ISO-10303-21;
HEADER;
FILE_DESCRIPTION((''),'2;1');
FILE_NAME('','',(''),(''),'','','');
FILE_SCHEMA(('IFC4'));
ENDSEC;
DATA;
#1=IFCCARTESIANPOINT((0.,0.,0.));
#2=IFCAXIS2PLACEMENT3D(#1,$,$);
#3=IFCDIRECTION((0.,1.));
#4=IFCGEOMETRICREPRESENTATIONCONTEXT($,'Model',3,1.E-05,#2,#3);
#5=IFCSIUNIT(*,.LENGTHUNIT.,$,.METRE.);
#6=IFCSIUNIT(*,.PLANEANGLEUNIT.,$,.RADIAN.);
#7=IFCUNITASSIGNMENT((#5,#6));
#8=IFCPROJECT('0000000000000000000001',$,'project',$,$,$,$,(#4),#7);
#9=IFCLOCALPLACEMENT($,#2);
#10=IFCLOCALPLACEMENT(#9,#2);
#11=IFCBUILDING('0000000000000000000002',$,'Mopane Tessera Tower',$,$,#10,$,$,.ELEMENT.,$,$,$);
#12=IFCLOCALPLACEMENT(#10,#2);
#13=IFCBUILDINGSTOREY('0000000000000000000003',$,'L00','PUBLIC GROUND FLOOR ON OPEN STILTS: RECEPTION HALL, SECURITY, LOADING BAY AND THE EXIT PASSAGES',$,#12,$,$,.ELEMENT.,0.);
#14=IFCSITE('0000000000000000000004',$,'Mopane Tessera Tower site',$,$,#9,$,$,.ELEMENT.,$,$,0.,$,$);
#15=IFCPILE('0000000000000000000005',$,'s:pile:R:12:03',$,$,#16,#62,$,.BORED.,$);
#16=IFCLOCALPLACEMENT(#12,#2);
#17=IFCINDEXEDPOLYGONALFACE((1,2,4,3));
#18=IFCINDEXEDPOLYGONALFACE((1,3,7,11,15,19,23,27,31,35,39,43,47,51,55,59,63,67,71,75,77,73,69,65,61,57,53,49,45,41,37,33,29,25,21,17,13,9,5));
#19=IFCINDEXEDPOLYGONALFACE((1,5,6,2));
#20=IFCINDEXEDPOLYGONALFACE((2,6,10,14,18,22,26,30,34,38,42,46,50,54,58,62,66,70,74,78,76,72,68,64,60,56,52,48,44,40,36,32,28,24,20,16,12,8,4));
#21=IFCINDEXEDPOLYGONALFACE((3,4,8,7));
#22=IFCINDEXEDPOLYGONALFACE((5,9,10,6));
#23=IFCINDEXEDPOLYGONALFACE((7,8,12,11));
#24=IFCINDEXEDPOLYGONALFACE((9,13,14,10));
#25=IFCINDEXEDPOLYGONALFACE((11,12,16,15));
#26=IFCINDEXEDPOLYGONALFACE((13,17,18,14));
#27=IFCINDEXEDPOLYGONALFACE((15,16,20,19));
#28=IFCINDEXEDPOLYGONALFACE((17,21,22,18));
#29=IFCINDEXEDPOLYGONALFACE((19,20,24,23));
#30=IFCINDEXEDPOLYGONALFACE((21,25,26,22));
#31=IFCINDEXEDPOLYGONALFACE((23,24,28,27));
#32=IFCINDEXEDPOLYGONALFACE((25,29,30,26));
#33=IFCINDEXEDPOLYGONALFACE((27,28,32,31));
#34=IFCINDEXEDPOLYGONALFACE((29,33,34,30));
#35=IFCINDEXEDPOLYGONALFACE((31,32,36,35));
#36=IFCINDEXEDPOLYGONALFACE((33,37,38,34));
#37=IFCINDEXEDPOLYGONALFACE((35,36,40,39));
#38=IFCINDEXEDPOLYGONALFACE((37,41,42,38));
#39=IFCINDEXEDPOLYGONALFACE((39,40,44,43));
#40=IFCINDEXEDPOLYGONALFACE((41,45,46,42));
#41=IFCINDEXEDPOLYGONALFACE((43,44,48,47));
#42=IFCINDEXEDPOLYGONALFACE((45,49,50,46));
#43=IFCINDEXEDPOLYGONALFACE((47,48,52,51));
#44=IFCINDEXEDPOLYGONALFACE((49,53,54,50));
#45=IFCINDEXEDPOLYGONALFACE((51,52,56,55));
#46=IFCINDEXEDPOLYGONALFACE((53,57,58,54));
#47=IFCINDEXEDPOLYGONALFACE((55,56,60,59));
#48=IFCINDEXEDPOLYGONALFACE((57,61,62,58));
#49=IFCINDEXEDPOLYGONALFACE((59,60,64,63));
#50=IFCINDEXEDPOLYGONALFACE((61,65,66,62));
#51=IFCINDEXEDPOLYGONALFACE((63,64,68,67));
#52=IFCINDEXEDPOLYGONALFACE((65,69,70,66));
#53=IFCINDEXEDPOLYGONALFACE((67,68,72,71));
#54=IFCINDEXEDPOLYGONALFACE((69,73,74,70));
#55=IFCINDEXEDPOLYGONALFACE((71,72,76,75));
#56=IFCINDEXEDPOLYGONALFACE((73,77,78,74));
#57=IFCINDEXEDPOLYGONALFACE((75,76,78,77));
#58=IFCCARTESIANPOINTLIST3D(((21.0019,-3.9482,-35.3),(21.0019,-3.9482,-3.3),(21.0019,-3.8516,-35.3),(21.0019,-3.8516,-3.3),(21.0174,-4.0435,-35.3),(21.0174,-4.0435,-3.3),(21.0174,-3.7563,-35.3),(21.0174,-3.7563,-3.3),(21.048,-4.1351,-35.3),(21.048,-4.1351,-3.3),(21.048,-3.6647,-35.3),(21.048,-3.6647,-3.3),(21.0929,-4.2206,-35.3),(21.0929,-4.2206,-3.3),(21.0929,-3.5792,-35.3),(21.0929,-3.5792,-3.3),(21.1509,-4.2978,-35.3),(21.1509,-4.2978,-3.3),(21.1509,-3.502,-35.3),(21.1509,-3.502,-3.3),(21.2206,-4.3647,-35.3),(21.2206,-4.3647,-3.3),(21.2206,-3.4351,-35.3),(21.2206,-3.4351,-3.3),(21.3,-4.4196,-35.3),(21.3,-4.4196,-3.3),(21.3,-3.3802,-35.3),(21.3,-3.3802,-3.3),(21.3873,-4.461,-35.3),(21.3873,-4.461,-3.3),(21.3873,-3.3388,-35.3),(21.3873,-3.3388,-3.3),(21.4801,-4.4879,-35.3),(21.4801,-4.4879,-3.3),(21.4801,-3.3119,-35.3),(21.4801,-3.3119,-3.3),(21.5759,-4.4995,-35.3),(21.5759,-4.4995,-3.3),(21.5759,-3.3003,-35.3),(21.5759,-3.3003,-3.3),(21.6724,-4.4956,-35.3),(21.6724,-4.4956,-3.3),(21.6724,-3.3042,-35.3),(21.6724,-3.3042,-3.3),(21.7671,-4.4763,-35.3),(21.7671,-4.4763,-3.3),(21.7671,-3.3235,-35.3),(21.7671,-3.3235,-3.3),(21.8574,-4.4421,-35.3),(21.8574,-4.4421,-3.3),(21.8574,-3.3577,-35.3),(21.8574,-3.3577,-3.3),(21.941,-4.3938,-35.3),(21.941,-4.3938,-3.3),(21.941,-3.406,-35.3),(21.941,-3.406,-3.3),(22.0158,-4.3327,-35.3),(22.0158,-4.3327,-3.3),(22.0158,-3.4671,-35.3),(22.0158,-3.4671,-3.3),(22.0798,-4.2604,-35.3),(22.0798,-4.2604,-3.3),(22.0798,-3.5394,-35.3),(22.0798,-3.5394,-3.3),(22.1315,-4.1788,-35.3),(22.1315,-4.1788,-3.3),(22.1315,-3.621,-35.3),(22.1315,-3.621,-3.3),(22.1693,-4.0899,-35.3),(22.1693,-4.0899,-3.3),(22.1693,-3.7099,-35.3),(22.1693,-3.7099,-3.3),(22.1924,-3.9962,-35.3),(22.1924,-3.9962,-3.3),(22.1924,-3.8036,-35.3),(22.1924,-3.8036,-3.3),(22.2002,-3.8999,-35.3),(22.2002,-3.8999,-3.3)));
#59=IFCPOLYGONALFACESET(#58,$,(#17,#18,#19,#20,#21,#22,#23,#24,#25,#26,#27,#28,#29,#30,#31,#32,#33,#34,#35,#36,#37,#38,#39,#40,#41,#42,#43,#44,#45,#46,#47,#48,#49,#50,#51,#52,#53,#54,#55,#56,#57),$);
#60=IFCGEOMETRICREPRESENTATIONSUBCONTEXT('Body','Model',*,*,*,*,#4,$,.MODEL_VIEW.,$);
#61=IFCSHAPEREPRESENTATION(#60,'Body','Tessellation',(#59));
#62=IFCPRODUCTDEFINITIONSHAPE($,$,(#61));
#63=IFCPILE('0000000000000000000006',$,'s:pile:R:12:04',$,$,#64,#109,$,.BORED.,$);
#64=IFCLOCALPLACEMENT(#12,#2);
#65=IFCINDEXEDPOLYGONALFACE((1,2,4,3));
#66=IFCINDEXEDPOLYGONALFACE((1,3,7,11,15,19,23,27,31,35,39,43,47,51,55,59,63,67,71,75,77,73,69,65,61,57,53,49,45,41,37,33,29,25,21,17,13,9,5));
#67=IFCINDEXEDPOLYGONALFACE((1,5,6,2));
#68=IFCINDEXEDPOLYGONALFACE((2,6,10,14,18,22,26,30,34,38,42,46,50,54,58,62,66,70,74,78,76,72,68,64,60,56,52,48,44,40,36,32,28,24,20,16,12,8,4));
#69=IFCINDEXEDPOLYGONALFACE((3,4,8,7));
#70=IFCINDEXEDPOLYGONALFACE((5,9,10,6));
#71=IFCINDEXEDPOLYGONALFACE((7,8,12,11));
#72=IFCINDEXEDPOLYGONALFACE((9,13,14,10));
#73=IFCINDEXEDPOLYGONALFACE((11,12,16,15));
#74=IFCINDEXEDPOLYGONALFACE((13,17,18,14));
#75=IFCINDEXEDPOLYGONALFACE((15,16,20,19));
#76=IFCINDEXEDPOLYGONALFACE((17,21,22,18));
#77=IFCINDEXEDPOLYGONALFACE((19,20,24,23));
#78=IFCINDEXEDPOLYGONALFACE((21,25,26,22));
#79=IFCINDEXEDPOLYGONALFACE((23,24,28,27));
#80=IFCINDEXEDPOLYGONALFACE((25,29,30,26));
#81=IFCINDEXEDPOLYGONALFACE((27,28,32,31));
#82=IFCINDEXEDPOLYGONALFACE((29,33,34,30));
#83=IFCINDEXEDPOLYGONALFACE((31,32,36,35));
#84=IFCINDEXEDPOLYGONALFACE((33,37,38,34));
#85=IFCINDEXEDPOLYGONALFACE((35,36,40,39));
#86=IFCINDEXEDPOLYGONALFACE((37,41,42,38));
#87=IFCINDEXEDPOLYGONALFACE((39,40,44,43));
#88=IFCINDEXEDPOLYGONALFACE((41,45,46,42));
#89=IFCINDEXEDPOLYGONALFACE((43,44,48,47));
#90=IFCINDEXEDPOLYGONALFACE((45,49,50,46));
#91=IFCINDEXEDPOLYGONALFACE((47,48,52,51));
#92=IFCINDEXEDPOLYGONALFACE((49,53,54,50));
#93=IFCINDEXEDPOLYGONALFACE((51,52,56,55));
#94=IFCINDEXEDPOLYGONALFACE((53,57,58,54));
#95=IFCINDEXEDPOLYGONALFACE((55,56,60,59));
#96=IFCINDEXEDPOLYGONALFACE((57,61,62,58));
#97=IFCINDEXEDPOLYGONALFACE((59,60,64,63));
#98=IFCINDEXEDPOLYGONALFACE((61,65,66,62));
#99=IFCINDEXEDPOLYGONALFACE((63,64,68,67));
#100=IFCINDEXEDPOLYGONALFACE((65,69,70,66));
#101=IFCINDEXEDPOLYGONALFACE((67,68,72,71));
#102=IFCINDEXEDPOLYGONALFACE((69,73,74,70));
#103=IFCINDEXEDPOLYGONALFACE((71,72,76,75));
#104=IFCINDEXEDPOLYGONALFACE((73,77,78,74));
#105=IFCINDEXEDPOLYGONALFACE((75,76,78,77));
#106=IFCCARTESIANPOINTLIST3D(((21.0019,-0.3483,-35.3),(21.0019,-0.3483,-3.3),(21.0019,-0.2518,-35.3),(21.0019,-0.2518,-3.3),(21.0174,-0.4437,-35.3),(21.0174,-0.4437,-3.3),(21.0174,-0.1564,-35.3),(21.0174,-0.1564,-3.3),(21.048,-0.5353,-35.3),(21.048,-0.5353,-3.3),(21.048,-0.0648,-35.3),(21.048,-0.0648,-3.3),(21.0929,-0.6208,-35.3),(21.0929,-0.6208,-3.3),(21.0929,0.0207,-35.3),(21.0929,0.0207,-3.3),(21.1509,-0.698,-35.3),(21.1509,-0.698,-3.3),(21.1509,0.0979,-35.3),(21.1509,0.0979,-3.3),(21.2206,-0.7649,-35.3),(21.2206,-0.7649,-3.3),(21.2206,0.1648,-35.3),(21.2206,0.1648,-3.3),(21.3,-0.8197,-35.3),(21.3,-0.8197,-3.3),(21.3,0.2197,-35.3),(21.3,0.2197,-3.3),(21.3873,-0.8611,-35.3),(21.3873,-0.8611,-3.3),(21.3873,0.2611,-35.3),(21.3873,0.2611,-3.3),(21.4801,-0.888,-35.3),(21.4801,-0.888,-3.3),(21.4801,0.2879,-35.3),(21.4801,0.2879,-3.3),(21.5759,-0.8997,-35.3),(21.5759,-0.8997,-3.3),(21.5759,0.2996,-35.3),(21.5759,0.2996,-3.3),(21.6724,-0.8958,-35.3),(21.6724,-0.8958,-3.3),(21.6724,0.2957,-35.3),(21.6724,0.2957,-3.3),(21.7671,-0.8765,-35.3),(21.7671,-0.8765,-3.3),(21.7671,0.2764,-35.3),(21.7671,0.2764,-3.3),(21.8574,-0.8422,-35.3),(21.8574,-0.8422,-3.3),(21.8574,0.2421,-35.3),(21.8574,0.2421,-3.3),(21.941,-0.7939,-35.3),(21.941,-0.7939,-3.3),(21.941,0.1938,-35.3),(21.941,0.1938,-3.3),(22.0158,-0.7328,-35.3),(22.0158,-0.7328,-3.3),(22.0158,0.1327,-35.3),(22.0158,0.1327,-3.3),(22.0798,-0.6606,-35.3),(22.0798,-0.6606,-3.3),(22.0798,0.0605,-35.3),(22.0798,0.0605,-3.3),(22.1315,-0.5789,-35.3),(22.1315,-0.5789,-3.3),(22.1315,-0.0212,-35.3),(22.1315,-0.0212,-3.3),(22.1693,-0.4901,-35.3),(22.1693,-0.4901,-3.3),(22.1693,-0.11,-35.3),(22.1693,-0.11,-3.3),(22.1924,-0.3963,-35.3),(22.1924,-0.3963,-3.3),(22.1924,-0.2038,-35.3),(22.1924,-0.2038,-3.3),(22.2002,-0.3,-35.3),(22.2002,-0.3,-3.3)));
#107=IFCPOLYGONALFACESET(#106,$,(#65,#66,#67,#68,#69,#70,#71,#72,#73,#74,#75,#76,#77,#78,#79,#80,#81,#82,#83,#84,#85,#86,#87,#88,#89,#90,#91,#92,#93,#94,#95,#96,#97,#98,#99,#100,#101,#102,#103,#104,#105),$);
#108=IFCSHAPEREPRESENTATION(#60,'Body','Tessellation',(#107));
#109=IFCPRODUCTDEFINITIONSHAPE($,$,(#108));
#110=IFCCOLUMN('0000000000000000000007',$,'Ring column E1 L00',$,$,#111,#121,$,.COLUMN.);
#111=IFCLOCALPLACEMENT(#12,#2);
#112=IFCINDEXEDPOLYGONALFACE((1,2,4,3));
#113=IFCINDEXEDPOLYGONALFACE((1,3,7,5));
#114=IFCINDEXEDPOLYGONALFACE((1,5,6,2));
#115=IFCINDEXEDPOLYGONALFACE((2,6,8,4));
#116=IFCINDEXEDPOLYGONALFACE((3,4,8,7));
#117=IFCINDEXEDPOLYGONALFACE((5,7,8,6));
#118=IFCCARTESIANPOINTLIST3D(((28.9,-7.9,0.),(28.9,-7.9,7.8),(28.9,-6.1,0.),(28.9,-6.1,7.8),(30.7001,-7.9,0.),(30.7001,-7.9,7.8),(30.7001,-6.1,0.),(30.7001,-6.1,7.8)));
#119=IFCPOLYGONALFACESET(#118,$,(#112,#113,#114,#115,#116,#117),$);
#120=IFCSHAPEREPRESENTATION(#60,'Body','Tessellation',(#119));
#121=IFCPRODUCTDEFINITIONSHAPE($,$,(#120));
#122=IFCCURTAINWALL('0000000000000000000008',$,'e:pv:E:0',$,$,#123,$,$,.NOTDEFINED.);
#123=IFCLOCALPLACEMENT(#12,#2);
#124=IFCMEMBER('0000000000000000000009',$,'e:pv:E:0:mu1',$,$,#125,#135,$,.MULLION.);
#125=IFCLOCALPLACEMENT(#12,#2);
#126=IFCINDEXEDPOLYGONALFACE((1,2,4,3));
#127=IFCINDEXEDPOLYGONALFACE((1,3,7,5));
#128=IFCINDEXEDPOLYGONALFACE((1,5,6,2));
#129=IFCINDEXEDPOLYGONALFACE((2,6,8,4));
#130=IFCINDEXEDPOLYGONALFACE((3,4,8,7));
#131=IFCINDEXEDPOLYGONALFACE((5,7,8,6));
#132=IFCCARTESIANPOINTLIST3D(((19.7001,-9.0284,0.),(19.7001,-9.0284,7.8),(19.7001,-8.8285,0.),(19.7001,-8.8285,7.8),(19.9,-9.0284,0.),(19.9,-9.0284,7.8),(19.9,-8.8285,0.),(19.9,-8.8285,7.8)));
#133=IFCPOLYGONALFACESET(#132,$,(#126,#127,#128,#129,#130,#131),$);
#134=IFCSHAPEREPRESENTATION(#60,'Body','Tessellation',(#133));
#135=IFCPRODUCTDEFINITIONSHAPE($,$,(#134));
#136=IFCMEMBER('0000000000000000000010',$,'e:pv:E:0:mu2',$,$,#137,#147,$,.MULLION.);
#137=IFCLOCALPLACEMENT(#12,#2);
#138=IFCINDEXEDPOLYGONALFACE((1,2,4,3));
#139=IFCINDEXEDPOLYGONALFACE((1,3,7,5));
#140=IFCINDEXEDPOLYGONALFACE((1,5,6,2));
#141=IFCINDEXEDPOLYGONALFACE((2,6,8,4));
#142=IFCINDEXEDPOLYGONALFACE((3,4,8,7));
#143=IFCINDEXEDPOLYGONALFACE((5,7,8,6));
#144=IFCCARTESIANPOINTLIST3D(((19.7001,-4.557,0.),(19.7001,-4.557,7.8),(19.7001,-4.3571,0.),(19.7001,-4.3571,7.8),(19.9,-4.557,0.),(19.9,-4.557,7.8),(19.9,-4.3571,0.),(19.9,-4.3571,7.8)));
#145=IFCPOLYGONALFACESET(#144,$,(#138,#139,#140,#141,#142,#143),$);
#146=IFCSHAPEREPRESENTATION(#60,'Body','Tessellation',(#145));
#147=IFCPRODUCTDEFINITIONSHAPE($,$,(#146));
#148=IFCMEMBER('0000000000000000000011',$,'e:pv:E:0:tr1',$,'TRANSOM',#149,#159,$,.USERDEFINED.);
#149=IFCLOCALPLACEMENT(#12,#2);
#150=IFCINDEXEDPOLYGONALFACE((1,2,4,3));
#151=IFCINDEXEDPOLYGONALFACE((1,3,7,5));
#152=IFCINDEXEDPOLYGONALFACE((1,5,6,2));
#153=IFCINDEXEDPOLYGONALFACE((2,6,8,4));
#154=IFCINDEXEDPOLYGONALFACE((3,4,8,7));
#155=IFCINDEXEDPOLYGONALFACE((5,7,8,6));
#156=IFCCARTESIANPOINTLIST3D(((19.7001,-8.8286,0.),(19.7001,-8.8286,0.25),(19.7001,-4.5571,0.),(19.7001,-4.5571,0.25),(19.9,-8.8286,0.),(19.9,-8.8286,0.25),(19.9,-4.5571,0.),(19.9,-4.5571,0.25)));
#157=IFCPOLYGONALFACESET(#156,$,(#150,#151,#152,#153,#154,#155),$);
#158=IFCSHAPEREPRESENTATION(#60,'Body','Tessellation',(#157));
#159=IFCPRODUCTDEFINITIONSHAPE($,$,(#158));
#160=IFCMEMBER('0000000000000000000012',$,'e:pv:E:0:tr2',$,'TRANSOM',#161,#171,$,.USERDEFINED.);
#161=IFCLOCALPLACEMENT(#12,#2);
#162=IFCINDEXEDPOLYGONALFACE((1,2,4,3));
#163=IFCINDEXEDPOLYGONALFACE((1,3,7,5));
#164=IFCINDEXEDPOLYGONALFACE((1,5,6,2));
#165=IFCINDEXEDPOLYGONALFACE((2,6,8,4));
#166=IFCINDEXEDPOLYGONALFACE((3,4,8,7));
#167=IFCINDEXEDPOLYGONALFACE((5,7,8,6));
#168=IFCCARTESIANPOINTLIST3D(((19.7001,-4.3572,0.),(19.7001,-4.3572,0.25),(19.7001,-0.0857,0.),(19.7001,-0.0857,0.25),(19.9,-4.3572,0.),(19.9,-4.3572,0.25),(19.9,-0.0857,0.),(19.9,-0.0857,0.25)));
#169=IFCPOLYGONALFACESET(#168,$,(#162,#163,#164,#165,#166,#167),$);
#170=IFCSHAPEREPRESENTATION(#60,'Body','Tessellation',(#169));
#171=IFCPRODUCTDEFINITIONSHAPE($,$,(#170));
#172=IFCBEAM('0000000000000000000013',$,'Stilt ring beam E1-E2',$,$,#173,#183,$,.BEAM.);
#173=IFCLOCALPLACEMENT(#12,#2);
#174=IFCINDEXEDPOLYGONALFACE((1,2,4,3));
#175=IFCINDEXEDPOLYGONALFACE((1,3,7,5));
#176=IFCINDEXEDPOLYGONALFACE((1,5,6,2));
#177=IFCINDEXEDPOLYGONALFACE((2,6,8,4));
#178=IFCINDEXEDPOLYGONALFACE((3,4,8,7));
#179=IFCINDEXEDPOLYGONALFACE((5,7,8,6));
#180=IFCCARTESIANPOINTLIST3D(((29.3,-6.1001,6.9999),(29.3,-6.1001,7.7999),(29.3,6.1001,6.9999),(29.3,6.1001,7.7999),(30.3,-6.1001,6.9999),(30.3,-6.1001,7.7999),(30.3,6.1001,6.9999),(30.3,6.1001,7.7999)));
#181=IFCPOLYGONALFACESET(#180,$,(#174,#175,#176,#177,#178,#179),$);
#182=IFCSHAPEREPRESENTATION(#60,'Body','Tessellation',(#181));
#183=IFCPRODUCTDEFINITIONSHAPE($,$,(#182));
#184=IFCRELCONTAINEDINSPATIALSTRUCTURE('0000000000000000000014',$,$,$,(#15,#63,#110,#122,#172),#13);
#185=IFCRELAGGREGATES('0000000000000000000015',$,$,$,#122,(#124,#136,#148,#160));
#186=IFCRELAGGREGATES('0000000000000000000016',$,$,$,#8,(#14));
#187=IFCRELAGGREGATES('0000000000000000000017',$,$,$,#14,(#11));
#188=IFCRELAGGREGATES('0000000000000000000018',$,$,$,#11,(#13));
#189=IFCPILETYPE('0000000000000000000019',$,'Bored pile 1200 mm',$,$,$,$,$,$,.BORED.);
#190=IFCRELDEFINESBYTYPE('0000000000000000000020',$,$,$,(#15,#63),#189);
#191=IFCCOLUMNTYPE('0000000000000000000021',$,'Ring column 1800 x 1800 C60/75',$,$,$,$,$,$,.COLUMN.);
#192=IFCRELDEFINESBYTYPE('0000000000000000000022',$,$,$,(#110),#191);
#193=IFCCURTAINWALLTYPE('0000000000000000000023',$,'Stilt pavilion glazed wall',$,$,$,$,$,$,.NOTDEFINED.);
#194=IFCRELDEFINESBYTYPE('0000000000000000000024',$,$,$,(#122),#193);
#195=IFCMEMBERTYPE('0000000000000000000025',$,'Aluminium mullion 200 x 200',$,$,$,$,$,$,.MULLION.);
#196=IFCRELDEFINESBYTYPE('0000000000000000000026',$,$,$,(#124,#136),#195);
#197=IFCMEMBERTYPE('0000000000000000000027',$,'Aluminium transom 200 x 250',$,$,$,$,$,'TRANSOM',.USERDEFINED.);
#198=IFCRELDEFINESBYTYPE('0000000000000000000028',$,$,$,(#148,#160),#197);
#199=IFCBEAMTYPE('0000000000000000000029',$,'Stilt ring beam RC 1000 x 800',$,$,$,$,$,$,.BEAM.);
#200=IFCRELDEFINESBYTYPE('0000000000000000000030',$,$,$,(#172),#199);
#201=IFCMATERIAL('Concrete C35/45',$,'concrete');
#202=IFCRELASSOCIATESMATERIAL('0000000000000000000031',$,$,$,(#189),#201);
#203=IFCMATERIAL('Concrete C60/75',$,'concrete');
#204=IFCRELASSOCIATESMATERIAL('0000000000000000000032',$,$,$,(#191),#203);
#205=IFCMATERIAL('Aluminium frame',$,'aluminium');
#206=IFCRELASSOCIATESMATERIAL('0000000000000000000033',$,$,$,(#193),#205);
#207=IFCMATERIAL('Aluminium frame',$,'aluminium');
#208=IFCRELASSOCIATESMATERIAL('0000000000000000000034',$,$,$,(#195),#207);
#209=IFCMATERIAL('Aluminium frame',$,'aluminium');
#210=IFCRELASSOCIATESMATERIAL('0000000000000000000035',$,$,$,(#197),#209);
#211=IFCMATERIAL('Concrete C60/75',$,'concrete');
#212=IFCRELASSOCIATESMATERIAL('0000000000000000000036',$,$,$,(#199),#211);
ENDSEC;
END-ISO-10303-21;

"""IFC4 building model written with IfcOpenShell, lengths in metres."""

from ifc_helpers import new_model, si_unit, direction, frame, origin, origin_2d, place, context, subcontext, project, spatial, rectangle, circle, extrude, material, material_profile, profile_set, type_object, element, aggregate, save


model = new_model("IFC4")

# Units and contexts
model_context = context("Model", 3, precision=1e-05, world=origin(), true_north=direction((0.0, 1.0)))
body_context = subcontext(model_context, "Body", "Model", "MODEL_VIEW")
ifc_project = project(units=[si_unit("LENGTHUNIT", "METRE"), si_unit("PLANEANGLEUNIT", "RADIAN")], contexts=[model_context])

# Site, building, storey
site_placement = place(None, origin())
site = spatial("IfcSite", under=ifc_project, at=site_placement, Name="Mopane Tessera Tower site", CompositionType="ELEMENT", RefElevation=0.0)
building_placement = place(site_placement, origin())
building = spatial("IfcBuilding", under=site, at=building_placement, Name="Mopane Tessera Tower", CompositionType="ELEMENT")
storey_placement = place(building_placement, origin())
storey = spatial("IfcBuildingStorey", under=building, at=storey_placement, Name="L00", Description="PUBLIC GROUND FLOOR ON OPEN STILTS: RECEPTION HALL, SECURITY, LOADING BAY AND THE EXIT PASSAGES", CompositionType="ELEMENT", Elevation=0.0)

# Piles
ifc_material_1 = material(Name="Concrete C35/45", Category="concrete")
ifc_material_profile_1 = material_profile(ifc_material_1, circle(Radius=0.6001, at=origin_2d()))
ifc_profile_set_1 = profile_set([ifc_material_profile_1], Name="Concrete C35/45")
pile_type_1 = type_object("IfcPileType", Name="Bored pile 1200 mm", PredefinedType="BORED", material=ifc_profile_set_1)
for number, where, z_axis, x_axis, name in (
    (1, (21.6001, -3.8999, -3.3), (0.0, 0.0, -1.0), (1.0, 0.0, 0.0), "s:pile:R:12:03"),
    (2, (21.6001, -0.3, -3.3), (0.0, 0.0, -1.0), (1.0, 0.0, 0.0), "s:pile:R:12:04"),
):
    element("IfcPile", number, at=place(storey_placement, frame(where, z_axis=z_axis, x_axis=x_axis)), inside=storey, type_object=pile_type_1, Name=name, PredefinedType="BORED", context=body_context, shape_type="SweptSolid", body=[
        extrude(circle(Radius=0.6001, at=origin_2d()), origin(), (0.0, 0.0, 1.0), 32.0),
    ])

# Column
ifc_material_2 = material(Name="Concrete C60/75", Category="concrete")
ifc_material_profile_2 = material_profile(ifc_material_2, rectangle(XDim=1.8, YDim=1.8, at=origin_2d()))
ifc_profile_set_2 = profile_set([ifc_material_profile_2], Name="Concrete C60/75")
column_type = type_object("IfcColumnType", Name="Ring column 1800 x 1800 C60/75", PredefinedType="COLUMN", material=ifc_profile_set_2)
column_placement = place(storey_placement, frame((29.8, -7.0, 0.0), z_axis=(0.0, 0.0, 1.0), x_axis=(1.0, 0.0, 0.0)))
element("IfcColumn", 3, at=column_placement, inside=storey, type_object=column_type, Name="Ring column E1 L00", PredefinedType="COLUMN", context=body_context, shape_type="SweptSolid", body=[
    extrude(rectangle(XDim=1.8, YDim=1.8, at=origin_2d()), origin(), (0.0, 0.0, 1.0), 7.8),
])

# Curtain wall, members
ifc_material_3 = material(Name="Aluminium frame", Category="aluminium")
curtain_wall_type = type_object("IfcCurtainWallType", Name="Stilt pavilion glazed wall", PredefinedType="NOTDEFINED", material=ifc_material_3)
curtain_wall_placement = place(storey_placement, origin())
curtain_wall = element("IfcCurtainWall", 4, at=curtain_wall_placement, inside=storey, type_object=curtain_wall_type, Name="e:pv:E:0", PredefinedType="NOTDEFINED")
ifc_material_4 = material(Name="Aluminium frame", Category="aluminium")
ifc_material_profile_3 = material_profile(ifc_material_4, rectangle(XDim=0.2, YDim=0.2, at=origin_2d()))
ifc_profile_set_3 = profile_set([ifc_material_profile_3], Name="Aluminium frame")
member_type_1 = type_object("IfcMemberType", Name="Aluminium mullion 200 x 200", PredefinedType="MULLION", material=ifc_profile_set_3)
member_1_placement = place(storey_placement, frame((19.8, -8.9285, 0.0), z_axis=(0.0, 0.0, 1.0), x_axis=(0.0, 1.0, 0.0)))
member_1 = element("IfcMember", 5, at=member_1_placement, type_object=member_type_1, Name="e:pv:E:0:mu1", PredefinedType="MULLION", context=body_context, shape_type="SweptSolid", body=[
    extrude(rectangle(XDim=0.2, YDim=0.2, at=origin_2d()), origin(), (0.0, 0.0, 1.0), 7.8),
])
member_2_placement = place(storey_placement, frame((19.8, -4.457, 0.0), z_axis=(0.0, 0.0, 1.0), x_axis=(0.0, 1.0, 0.0)))
member_2 = element("IfcMember", 6, at=member_2_placement, type_object=member_type_1, Name="e:pv:E:0:mu2", PredefinedType="MULLION", context=body_context, shape_type="SweptSolid", body=[
    extrude(rectangle(XDim=0.2, YDim=0.2, at=origin_2d()), origin(), (0.0, 0.0, 1.0), 7.8),
])
ifc_material_5 = material(Name="Aluminium frame", Category="aluminium")
ifc_material_profile_4 = material_profile(ifc_material_5, rectangle(XDim=0.2, YDim=0.25, at=origin_2d()))
ifc_profile_set_4 = profile_set([ifc_material_profile_4], Name="Aluminium frame")
member_type_2 = type_object("IfcMemberType", Name="Aluminium transom 200 x 250", ElementType="TRANSOM", PredefinedType="USERDEFINED", material=ifc_profile_set_4)
member_3_placement = place(storey_placement, frame((19.8, -8.8286, 0.125), z_axis=(0.0, 1.0, 0.0), x_axis=(-1.0, 0.0, 0.0)))
member_3 = element("IfcMember", 7, at=member_3_placement, type_object=member_type_2, Name="e:pv:E:0:tr1", ObjectType="TRANSOM", PredefinedType="USERDEFINED", context=body_context, shape_type="SweptSolid", body=[
    extrude(rectangle(XDim=0.2, YDim=0.25, at=origin_2d()), origin(), (0.0, 0.0, 1.0), 4.2715),
])
member_4_placement = place(storey_placement, frame((19.8, -4.3572, 0.125), z_axis=(0.0, 1.0, 0.0), x_axis=(-1.0, 0.0, 0.0)))
member_4 = element("IfcMember", 8, at=member_4_placement, type_object=member_type_2, Name="e:pv:E:0:tr2", ObjectType="TRANSOM", PredefinedType="USERDEFINED", context=body_context, shape_type="SweptSolid", body=[
    extrude(rectangle(XDim=0.2, YDim=0.25, at=origin_2d()), origin(), (0.0, 0.0, 1.0), 4.2715),
])

# Beam
ifc_material_6 = material(Name="Concrete C60/75", Category="concrete")
ifc_material_profile_5 = material_profile(ifc_material_6, rectangle(XDim=1.0, YDim=0.8, at=origin_2d()))
ifc_profile_set_5 = profile_set([ifc_material_profile_5], Name="Concrete C60/75")
beam_type = type_object("IfcBeamType", Name="Stilt ring beam RC 1000 x 800", PredefinedType="BEAM", material=ifc_profile_set_5)
beam_placement = place(storey_placement, frame((29.8, -6.1001, 7.3999), z_axis=(0.0, 1.0, 0.0), x_axis=(-1.0, 0.0, 0.0)))
element("IfcBeam", 9, at=beam_placement, inside=storey, type_object=beam_type, Name="Stilt ring beam E1-E2", PredefinedType="BEAM", context=body_context, shape_type="SweptSolid", body=[
    extrude(rectangle(XDim=1.0, YDim=0.8, at=origin_2d()), origin(), (0.0, 0.0, 1.0), 12.2002),
])

aggregate(curtain_wall, [member_1, member_2, member_3, member_4])

save(model, "model.ifc")
